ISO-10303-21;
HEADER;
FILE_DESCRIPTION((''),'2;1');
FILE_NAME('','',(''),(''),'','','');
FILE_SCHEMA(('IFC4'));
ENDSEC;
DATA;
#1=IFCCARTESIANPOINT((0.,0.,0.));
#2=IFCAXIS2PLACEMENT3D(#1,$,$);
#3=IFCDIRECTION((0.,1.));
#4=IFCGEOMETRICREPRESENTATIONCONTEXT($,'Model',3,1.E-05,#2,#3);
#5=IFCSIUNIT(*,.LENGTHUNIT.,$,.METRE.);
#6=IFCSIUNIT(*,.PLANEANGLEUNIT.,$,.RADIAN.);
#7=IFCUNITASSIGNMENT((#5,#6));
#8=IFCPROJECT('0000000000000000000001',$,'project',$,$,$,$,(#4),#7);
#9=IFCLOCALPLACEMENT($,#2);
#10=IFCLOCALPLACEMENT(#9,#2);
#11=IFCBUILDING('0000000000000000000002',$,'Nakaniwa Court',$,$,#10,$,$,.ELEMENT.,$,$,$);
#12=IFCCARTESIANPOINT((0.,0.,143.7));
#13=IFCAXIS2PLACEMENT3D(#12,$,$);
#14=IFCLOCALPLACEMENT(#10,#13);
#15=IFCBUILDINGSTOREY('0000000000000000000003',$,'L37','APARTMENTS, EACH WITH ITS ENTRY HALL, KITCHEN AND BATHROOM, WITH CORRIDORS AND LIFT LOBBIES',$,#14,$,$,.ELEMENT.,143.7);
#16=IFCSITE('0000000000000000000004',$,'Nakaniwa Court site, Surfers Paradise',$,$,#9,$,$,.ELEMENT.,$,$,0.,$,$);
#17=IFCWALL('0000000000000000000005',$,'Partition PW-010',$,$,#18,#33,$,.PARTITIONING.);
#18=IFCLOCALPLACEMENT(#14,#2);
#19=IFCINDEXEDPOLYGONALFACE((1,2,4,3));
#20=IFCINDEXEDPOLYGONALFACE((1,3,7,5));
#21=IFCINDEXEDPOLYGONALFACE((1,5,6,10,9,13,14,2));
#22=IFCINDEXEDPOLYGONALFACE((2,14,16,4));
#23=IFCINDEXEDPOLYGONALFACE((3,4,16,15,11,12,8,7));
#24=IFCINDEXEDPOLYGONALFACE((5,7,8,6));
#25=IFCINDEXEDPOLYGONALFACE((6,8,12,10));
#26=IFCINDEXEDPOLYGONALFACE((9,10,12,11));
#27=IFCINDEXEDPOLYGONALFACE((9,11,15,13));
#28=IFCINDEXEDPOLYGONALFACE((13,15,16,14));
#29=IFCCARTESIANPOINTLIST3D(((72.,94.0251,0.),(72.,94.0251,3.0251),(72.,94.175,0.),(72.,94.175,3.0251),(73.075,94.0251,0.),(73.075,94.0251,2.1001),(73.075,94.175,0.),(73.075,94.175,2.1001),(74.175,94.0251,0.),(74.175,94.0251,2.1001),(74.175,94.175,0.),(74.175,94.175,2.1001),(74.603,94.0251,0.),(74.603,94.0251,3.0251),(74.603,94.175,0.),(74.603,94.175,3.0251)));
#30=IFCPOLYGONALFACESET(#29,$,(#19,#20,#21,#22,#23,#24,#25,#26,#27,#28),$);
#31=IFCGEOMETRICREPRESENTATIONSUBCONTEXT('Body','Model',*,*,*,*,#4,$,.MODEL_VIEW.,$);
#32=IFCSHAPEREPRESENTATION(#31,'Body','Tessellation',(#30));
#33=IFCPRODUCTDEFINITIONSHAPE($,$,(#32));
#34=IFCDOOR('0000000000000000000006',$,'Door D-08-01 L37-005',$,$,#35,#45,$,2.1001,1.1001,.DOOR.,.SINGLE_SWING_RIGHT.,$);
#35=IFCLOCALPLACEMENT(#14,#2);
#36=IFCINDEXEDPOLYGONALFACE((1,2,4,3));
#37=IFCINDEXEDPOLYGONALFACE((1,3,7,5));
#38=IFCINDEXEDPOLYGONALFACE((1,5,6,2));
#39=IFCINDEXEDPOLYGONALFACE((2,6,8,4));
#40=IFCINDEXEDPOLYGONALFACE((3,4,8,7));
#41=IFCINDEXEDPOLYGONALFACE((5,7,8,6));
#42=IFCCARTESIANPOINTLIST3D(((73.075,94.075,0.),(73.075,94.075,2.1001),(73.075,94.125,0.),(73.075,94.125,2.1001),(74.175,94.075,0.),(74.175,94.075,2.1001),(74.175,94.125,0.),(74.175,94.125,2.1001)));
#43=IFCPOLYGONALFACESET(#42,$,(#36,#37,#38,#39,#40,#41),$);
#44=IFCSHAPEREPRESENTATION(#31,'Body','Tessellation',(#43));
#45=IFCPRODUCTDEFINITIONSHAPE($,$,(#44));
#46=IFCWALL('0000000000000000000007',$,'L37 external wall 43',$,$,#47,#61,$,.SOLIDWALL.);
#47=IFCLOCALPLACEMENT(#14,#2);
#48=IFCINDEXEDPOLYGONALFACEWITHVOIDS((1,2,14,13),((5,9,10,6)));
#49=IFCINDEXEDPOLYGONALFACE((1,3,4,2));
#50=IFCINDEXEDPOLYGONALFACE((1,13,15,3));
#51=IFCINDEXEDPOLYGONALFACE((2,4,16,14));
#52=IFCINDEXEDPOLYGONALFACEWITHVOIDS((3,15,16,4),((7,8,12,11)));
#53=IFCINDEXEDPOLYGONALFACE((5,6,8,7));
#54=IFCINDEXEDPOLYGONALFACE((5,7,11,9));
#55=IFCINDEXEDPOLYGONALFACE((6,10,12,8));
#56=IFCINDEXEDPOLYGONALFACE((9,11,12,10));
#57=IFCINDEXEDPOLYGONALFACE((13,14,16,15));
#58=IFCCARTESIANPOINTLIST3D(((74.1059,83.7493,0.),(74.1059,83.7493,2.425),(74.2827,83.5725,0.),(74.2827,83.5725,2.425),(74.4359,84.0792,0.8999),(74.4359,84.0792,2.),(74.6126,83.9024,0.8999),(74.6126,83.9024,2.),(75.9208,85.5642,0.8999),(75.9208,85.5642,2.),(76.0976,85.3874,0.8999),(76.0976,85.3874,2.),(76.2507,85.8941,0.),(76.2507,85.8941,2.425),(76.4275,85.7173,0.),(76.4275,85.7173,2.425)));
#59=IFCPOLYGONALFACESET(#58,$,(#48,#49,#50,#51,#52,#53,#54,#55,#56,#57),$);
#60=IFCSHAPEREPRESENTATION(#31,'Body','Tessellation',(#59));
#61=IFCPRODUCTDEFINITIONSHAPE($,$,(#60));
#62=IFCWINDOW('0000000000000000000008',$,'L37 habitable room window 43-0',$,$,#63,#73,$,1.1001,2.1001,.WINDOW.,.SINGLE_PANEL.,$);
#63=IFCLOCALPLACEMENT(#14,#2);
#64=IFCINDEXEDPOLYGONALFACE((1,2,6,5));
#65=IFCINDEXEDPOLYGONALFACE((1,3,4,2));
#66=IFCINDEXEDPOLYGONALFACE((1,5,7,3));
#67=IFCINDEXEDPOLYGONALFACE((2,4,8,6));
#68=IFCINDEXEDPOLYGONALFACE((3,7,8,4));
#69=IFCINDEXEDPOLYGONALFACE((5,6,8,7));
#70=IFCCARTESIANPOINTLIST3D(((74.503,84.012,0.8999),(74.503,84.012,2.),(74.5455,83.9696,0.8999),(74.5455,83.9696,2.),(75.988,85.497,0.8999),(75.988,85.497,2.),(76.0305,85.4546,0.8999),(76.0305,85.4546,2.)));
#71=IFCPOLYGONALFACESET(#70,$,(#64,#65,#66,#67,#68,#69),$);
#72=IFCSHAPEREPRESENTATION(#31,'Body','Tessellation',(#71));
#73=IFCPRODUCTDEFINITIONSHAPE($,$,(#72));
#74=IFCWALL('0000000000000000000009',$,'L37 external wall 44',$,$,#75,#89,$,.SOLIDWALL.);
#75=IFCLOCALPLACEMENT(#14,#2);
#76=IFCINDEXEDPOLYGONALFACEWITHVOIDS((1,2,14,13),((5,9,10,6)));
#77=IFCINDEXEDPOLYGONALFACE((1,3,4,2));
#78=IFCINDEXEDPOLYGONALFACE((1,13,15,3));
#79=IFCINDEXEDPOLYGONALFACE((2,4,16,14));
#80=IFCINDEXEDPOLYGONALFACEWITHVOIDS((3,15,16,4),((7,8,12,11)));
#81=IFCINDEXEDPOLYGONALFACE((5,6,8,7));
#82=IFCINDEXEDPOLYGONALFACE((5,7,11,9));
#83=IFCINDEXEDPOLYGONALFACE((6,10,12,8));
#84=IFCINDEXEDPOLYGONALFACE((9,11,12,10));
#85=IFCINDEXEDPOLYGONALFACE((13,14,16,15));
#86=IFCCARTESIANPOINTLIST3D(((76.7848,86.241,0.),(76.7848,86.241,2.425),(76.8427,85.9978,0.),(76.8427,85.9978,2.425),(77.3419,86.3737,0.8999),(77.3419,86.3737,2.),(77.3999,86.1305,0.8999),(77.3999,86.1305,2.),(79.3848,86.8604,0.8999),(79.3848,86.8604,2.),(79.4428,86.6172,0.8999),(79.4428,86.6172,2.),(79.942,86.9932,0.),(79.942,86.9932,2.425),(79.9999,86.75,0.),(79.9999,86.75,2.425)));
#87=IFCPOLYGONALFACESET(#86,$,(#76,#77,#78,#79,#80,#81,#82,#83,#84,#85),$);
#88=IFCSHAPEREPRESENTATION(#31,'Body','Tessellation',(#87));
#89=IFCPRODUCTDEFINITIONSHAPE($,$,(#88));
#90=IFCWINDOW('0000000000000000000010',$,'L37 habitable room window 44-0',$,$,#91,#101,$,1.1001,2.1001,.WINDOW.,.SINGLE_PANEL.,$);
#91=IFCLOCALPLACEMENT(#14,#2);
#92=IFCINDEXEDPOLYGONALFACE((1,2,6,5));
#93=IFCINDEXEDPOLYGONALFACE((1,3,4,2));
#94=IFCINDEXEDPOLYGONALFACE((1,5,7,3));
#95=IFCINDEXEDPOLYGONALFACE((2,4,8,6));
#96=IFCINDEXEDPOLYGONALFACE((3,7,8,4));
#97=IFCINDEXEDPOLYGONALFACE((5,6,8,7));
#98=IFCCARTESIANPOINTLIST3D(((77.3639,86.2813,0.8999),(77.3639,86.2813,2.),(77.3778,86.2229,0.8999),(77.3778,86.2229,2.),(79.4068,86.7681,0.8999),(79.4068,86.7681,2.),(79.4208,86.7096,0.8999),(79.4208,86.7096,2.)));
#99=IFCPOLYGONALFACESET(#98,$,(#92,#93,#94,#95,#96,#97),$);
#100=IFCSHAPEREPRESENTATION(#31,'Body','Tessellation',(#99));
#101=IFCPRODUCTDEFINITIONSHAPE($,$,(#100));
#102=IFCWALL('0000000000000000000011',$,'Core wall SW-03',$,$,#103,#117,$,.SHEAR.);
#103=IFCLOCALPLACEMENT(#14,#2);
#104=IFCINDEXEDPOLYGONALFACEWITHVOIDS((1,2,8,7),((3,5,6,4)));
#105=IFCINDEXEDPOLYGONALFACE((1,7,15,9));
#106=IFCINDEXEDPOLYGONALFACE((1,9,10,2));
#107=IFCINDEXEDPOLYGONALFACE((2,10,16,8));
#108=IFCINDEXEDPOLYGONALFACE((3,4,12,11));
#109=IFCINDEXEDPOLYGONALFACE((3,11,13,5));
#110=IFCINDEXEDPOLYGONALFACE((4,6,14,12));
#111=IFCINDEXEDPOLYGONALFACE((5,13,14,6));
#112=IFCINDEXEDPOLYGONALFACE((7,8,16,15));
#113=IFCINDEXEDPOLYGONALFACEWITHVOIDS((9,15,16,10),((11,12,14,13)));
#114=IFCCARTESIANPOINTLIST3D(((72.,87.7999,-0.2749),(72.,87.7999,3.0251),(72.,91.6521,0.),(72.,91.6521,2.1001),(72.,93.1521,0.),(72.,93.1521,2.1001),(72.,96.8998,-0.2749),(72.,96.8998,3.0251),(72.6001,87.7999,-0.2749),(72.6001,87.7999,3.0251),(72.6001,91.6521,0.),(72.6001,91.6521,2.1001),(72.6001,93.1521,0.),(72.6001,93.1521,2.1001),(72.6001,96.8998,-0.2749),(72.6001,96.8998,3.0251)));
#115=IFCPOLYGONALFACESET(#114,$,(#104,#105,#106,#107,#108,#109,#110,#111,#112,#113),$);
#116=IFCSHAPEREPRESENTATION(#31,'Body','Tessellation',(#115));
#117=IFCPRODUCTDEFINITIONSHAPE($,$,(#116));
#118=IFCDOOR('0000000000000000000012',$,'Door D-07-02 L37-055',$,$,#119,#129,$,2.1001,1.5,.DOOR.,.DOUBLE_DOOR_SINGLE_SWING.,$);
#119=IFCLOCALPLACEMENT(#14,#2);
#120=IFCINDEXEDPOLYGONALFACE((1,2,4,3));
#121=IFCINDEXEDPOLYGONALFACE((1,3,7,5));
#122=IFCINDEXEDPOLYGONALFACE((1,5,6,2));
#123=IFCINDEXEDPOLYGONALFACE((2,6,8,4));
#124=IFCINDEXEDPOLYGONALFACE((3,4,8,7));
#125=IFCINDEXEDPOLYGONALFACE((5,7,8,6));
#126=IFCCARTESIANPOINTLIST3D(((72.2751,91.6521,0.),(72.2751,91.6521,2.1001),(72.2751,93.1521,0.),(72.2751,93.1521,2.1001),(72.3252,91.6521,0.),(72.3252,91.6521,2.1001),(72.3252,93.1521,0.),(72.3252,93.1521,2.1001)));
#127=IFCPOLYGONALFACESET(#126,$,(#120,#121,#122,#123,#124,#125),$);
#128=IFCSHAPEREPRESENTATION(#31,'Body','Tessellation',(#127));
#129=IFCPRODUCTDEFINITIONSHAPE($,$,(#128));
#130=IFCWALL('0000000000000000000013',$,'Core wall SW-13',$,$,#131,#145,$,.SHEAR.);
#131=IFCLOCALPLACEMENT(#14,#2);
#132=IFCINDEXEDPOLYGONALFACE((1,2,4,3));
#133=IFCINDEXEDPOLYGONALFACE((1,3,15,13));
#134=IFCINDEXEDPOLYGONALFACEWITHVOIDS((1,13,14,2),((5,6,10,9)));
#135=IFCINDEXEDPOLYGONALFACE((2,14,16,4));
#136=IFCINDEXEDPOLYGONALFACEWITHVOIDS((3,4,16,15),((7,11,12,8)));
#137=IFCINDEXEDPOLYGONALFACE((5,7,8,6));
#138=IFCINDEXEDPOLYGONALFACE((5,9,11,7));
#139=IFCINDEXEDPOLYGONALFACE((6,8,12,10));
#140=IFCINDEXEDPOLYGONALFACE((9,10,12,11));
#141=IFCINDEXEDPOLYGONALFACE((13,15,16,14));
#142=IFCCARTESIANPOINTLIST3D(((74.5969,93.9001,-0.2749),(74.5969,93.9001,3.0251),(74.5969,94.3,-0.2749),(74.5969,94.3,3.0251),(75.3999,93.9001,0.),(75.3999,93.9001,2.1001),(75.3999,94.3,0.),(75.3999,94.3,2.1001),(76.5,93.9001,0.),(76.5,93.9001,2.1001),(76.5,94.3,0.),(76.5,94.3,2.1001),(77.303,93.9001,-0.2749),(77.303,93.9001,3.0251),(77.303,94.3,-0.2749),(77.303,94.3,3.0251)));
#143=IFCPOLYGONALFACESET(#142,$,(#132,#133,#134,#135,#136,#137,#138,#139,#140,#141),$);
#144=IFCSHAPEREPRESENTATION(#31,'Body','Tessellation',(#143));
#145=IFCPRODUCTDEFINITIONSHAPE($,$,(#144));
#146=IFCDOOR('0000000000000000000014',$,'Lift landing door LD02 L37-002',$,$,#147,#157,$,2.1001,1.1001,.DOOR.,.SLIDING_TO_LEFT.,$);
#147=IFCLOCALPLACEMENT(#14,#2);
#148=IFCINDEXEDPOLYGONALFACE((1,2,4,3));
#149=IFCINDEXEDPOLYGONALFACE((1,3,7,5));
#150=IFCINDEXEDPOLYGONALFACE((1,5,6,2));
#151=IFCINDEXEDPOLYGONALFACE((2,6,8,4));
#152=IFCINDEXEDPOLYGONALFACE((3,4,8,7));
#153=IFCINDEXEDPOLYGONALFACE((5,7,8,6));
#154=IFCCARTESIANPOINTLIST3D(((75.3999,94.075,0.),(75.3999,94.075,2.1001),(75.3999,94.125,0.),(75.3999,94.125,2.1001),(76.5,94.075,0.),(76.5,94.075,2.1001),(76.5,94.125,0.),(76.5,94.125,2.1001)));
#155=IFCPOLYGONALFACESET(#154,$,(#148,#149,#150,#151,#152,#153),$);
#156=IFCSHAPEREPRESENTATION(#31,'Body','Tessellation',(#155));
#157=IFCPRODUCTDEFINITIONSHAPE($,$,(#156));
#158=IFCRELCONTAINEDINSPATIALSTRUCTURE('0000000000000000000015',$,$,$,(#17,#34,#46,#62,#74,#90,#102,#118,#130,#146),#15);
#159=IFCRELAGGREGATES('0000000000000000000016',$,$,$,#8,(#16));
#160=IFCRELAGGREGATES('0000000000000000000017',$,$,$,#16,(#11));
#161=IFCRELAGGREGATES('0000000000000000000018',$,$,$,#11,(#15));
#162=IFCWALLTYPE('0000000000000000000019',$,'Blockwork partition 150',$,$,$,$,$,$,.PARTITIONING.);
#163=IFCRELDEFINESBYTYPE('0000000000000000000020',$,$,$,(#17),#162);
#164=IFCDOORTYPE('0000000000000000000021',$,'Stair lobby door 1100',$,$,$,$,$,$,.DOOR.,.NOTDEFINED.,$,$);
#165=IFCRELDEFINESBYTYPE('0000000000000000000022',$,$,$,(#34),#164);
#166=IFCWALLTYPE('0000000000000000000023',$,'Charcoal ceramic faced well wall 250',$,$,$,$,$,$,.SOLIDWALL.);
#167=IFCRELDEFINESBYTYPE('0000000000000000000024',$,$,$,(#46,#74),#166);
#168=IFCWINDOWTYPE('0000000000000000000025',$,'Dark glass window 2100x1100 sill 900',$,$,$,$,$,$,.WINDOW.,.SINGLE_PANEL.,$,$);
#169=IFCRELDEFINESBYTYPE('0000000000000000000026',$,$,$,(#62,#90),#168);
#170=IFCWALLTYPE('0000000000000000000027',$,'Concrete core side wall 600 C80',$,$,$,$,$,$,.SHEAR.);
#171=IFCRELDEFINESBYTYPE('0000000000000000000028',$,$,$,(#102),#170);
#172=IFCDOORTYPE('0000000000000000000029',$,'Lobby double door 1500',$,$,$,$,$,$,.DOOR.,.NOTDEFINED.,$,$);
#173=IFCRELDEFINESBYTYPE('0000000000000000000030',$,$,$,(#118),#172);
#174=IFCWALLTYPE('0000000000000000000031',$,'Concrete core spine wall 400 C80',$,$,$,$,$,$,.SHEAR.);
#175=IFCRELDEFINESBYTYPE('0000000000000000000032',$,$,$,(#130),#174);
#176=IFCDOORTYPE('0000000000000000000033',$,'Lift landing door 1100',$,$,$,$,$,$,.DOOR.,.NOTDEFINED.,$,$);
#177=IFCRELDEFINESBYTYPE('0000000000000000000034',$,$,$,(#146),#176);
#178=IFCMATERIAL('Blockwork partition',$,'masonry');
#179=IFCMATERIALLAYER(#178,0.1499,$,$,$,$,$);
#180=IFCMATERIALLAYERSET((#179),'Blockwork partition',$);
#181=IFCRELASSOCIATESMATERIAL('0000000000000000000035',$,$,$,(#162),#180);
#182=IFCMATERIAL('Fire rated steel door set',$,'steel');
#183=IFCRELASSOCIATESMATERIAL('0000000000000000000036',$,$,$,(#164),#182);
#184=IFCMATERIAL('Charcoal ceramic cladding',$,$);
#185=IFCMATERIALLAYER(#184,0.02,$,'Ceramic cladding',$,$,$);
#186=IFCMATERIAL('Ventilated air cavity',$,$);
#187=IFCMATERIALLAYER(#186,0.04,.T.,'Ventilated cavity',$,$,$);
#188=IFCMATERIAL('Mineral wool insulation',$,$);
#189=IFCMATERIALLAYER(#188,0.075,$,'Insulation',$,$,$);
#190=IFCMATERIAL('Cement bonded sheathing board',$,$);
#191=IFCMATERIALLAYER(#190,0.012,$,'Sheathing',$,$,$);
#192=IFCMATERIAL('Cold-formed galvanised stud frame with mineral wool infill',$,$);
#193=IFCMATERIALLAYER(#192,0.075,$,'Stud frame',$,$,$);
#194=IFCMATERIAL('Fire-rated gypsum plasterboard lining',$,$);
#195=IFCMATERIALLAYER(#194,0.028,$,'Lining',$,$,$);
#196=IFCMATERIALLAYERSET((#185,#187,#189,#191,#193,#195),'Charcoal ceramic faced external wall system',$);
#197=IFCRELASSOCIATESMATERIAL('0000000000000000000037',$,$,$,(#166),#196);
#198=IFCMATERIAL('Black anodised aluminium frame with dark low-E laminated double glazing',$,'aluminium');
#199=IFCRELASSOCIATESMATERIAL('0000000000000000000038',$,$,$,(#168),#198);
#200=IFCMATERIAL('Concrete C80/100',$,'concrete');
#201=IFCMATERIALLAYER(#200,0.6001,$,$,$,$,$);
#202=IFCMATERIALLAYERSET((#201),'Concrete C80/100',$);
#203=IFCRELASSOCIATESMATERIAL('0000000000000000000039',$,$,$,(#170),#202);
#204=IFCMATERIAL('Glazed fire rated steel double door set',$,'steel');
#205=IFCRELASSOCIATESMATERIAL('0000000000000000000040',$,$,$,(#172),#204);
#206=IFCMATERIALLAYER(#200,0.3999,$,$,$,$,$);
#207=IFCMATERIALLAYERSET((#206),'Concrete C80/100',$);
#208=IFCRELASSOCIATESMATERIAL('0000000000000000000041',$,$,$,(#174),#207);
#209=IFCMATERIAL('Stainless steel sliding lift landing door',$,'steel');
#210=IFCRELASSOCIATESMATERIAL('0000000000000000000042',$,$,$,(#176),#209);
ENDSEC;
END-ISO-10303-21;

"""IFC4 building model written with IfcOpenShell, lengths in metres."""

from ifc_helpers import new_model, si_unit, direction, frame, frame_2d, origin, place, context, subcontext, project, spatial, rectangle, extrude, material, layer, layer_set, type_object, element, fill, save


model = new_model("IFC4")

# Units and contexts
model_context = context("Model", 3, precision=1e-05, world=origin(), true_north=direction((0.0, 1.0)))
body_context = subcontext(model_context, "Body", "Model", "MODEL_VIEW")
ifc_project = project(units=[si_unit("LENGTHUNIT", "METRE"), si_unit("PLANEANGLEUNIT", "RADIAN")], contexts=[model_context])

# Site, building, storey
site_placement = place(None, origin())
site = spatial("IfcSite", under=ifc_project, at=site_placement, Name="Nakaniwa Court site, Surfers Paradise", CompositionType="ELEMENT", RefElevation=0.0)
building_placement = place(site_placement, origin())
building = spatial("IfcBuilding", under=site, at=building_placement, Name="Nakaniwa Court", CompositionType="ELEMENT")
storey_placement = place(building_placement, frame((0.0, 0.0, 143.7)))
storey = spatial("IfcBuildingStorey", under=building, at=storey_placement, Name="L37", Description="APARTMENTS, EACH WITH ITS ENTRY HALL, KITCHEN AND BATHROOM, WITH CORRIDORS AND LIFT LOBBIES", CompositionType="ELEMENT", Elevation=143.7)

# Shared definitions
ifc_material_1 = material(Name="Concrete C80/100", Category="concrete")

# Shared definitions
ifc_material_2 = material(Name="Blockwork partition", Category="masonry")
ifc_layer_1 = layer(ifc_material_2, 0.1499)
ifc_layer_set_1 = layer_set([ifc_layer_1], Name="Blockwork partition")
wall_type_1 = type_object("IfcWallType", Name="Blockwork partition 150", PredefinedType="PARTITIONING", material=ifc_layer_set_1)

# Wall, opening, door
wall_1_placement = place(storey_placement, frame((72.0, 94.1001, 0.0), z_axis=(0.0, 0.0, 1.0), x_axis=(1.0, 0.0, 0.0)))
wall_1 = element("IfcWall", 1, at=wall_1_placement, inside=storey, type_object=wall_type_1, Name="Partition PW-010", PredefinedType="PARTITIONING", context=body_context, shape_type="SweptSolid", body=[
    extrude(rectangle(XDim=2.603, YDim=0.1499, at=frame_2d((1.3015, 0.0))), origin(), (0.0, 0.0, 1.0), 3.0251),
])
opening_1_placement = place(wall_1_placement, frame((1.075, 0.0, 0.0)))
opening_1 = element("IfcOpeningElement", 2, at=opening_1_placement, cuts=wall_1, PredefinedType="OPENING", context=body_context, shape_type="SweptSolid", body=[
    extrude(rectangle(XDim=1.1001, YDim=2.1001, at=frame_2d((0.55, 1.05))), frame((0.0, 0.085, 0.0), z_axis=(0.0, -1.0, 0.0), x_axis=(1.0, 0.0, 0.0)), (0.0, 0.0, 1.0), 0.1699),
])
ifc_material_3 = material(Name="Fire rated steel door set", Category="steel")
door_type_1 = type_object("IfcDoorType", Name="Stair lobby door 1100", OperationType="NOTDEFINED", PredefinedType="DOOR", material=ifc_material_3)
door_1_placement = place(opening_1_placement, origin())
door_1 = element("IfcDoor", 3, at=door_1_placement, inside=storey, type_object=door_type_1, Name="Door D-08-01 L37-005", OperationType="SINGLE_SWING_RIGHT", OverallHeight=2.1001, OverallWidth=1.1001, PredefinedType="DOOR", context=body_context, shape_type="SweptSolid", body=[
    extrude(rectangle(XDim=1.1001, YDim=2.1001, at=frame_2d((0.55, 1.05))), frame((0.0, 0.0249, 0.0), z_axis=(0.0, -1.0, 0.0), x_axis=(1.0, 0.0, 0.0)), (0.0, 0.0, 1.0), 0.05),
])
fill(opening_1, door_1)

# Walls, openings, windows
ifc_material_4 = material(Name="Charcoal ceramic cladding")
ifc_layer_2 = layer(ifc_material_4, 0.02, Name="Ceramic cladding")
ifc_material_5 = material(Name="Ventilated air cavity")
ifc_layer_3 = layer(ifc_material_5, 0.04, ventilated=True, Name="Ventilated cavity")
ifc_material_6 = material(Name="Mineral wool insulation")
ifc_layer_4 = layer(ifc_material_6, 0.075, Name="Insulation")
ifc_material_7 = material(Name="Cement bonded sheathing board")
ifc_layer_5 = layer(ifc_material_7, 0.012, Name="Sheathing")
ifc_material_8 = material(Name="Cold-formed galvanised stud frame with mineral wool infill")
ifc_layer_6 = layer(ifc_material_8, 0.075, Name="Stud frame")
ifc_material_9 = material(Name="Fire-rated gypsum plasterboard lining")
ifc_layer_7 = layer(ifc_material_9, 0.028, Name="Lining")
ifc_layer_set_2 = layer_set([ifc_layer_2, ifc_layer_3, ifc_layer_4, ifc_layer_5, ifc_layer_6, ifc_layer_7], Name="Charcoal ceramic faced external wall system")
wall_type_2 = type_object("IfcWallType", Name="Charcoal ceramic faced well wall 250", PredefinedType="SOLIDWALL", material=ifc_layer_set_2)
wall_2_placement = place(storey_placement, frame((74.1943, 83.6609, 0.0), z_axis=(0.0, 0.0, 1.0), x_axis=(0.707107, 0.707107, 0.0)))
wall_2 = element("IfcWall", 4, at=wall_2_placement, inside=storey, type_object=wall_type_2, Name="L37 external wall 43", PredefinedType="SOLIDWALL", context=body_context, shape_type="SweptSolid", body=[
    extrude(rectangle(XDim=3.0332, YDim=0.25, at=frame_2d((1.5166, 0.0))), origin(), (0.0, 0.0, 1.0), 2.425),
])
opening_2_placement = place(wall_2_placement, frame((0.4666, 0.0, 0.8999)))
opening_2 = element("IfcOpeningElement", 5, at=opening_2_placement, cuts=wall_2, PredefinedType="OPENING", context=body_context, shape_type="SweptSolid", body=[
    extrude(rectangle(XDim=2.1001, YDim=1.1001, at=frame_2d((1.05, 0.55))), frame((0.0, 0.135, 0.0), z_axis=(0.0, -1.0, 0.0), x_axis=(1.0, 0.0, 0.0)), (0.0, 0.0, 1.0), 0.27),
])
ifc_material_10 = material(Name="Black anodised aluminium frame with dark low-E laminated double glazing", Category="aluminium")
window_type = type_object("IfcWindowType", Name="Dark glass window 2100x1100 sill 900", PartitioningType="SINGLE_PANEL", PredefinedType="WINDOW", material=ifc_material_10)
window_1_placement = place(opening_2_placement, origin())
window_1 = element("IfcWindow", 6, at=window_1_placement, inside=storey, type_object=window_type, Name="L37 habitable room window 43-0", OverallHeight=1.1001, OverallWidth=2.1001, PartitioningType="SINGLE_PANEL", PredefinedType="WINDOW", context=body_context, shape_type="SweptSolid", body=[
    extrude(rectangle(XDim=2.1001, YDim=1.1001, at=frame_2d((1.05, 0.55))), frame((0.0, 0.03, 0.0), z_axis=(0.0, -1.0, 0.0), x_axis=(1.0, 0.0, 0.0)), (0.0, 0.0, 1.0), 0.0601),
])
fill(opening_2, window_1)
wall_3_placement = place(storey_placement, frame((76.8137, 86.1194, 0.0), z_axis=(0.0, 0.0, 1.0), x_axis=(0.972773, 0.23176, 0.0)))
wall_3 = element("IfcWall", 7, at=wall_3_placement, inside=storey, type_object=wall_type_2, Name="L37 external wall 44", PredefinedType="SOLIDWALL", context=body_context, shape_type="SweptSolid", body=[
    extrude(rectangle(XDim=3.2456, YDim=0.25, at=frame_2d((1.6228, 0.0))), origin(), (0.0, 0.0, 1.0), 2.425),
])
opening_3_placement = place(wall_3_placement, frame((0.5728, 0.0, 0.8999)))
opening_3 = element("IfcOpeningElement", 8, at=opening_3_placement, cuts=wall_3, PredefinedType="OPENING", context=body_context, shape_type="SweptSolid", body=[
    extrude(rectangle(XDim=2.1001, YDim=1.1001, at=frame_2d((1.05, 0.55))), frame((0.0, 0.135, 0.0), z_axis=(0.0, -1.0, 0.0), x_axis=(1.0, 0.0, 0.0)), (0.0, 0.0, 1.0), 0.27),
])
window_2_placement = place(opening_3_placement, origin())
window_2 = element("IfcWindow", 9, at=window_2_placement, inside=storey, type_object=window_type, Name="L37 habitable room window 44-0", OverallHeight=1.1001, OverallWidth=2.1001, PartitioningType="SINGLE_PANEL", PredefinedType="WINDOW", context=body_context, shape_type="SweptSolid", body=[
    extrude(rectangle(XDim=2.1001, YDim=1.1001, at=frame_2d((1.05, 0.55))), frame((0.0, 0.03, 0.0), z_axis=(0.0, -1.0, 0.0), x_axis=(1.0, 0.0, 0.0)), (0.0, 0.0, 1.0), 0.0601),
])
fill(opening_3, window_2)

# Walls, openings, doors
ifc_layer_8 = layer(ifc_material_1, 0.6001)
ifc_layer_set_3 = layer_set([ifc_layer_8], Name="Concrete C80/100")
wall_type_3 = type_object("IfcWallType", Name="Concrete core side wall 600 C80", PredefinedType="SHEAR", material=ifc_layer_set_3)
wall_4_placement = place(storey_placement, frame((72.3, 87.8, -0.2749), z_axis=(0.0, 0.0, 1.0), x_axis=(0.0, 1.0, 0.0)))
wall_4 = element("IfcWall", 10, at=wall_4_placement, inside=storey, type_object=wall_type_3, Name="Core wall SW-03", PredefinedType="SHEAR", context=body_context, shape_type="SweptSolid", body=[
    extrude(rectangle(XDim=9.0999, YDim=0.6001, at=frame_2d((4.5498, 0.0))), origin(), (0.0, 0.0, 1.0), 3.3),
])
opening_4_placement = place(wall_4_placement, frame((3.8521, 0.0, 0.2749)))
opening_4 = element("IfcOpeningElement", 11, at=opening_4_placement, cuts=wall_4, PredefinedType="OPENING", context=body_context, shape_type="SweptSolid", body=[
    extrude(rectangle(XDim=1.5, YDim=2.1001, at=frame_2d((0.75, 1.05))), frame((0.0, 0.3101, 0.0), z_axis=(0.0, -1.0, 0.0), x_axis=(1.0, 0.0, 0.0)), (0.0, 0.0, 1.0), 0.6201),
])
ifc_material_11 = material(Name="Glazed fire rated steel double door set", Category="steel")
door_type_2 = type_object("IfcDoorType", Name="Lobby double door 1500", OperationType="NOTDEFINED", PredefinedType="DOOR", material=ifc_material_11)
door_2_placement = place(opening_4_placement, origin())
door_2 = element("IfcDoor", 12, at=door_2_placement, inside=storey, type_object=door_type_2, Name="Door D-07-02 L37-055", OperationType="DOUBLE_DOOR_SINGLE_SWING", OverallHeight=2.1001, OverallWidth=1.5, PredefinedType="DOOR", context=body_context, shape_type="SweptSolid", body=[
    extrude(rectangle(XDim=1.5, YDim=2.1001, at=frame_2d((0.75, 1.05))), frame((0.0, 0.0249, 0.0), z_axis=(0.0, -1.0, 0.0), x_axis=(1.0, 0.0, 0.0)), (0.0, 0.0, 1.0), 0.05),
])
fill(opening_4, door_2)
ifc_layer_9 = layer(ifc_material_1, 0.3999)
ifc_layer_set_4 = layer_set([ifc_layer_9], Name="Concrete C80/100")
wall_type_4 = type_object("IfcWallType", Name="Concrete core spine wall 400 C80", PredefinedType="SHEAR", material=ifc_layer_set_4)
wall_5_placement = place(storey_placement, frame((74.5969, 94.1001, -0.2749), z_axis=(0.0, 0.0, 1.0), x_axis=(1.0, 0.0, 0.0)))
wall_5 = element("IfcWall", 13, at=wall_5_placement, inside=storey, type_object=wall_type_4, Name="Core wall SW-13", PredefinedType="SHEAR", context=body_context, shape_type="SweptSolid", body=[
    extrude(rectangle(XDim=2.7061, YDim=0.3999, at=frame_2d((1.353, 0.0))), origin(), (0.0, 0.0, 1.0), 3.3),
])
opening_5_placement = place(wall_5_placement, frame((0.803, 0.0, 0.2749)))
opening_5 = element("IfcOpeningElement", 14, at=opening_5_placement, cuts=wall_5, PredefinedType="OPENING", context=body_context, shape_type="SweptSolid", body=[
    extrude(rectangle(XDim=1.1001, YDim=2.1001, at=frame_2d((0.55, 1.05))), frame((0.0, 0.21, 0.0), z_axis=(0.0, -1.0, 0.0), x_axis=(1.0, 0.0, 0.0)), (0.0, 0.0, 1.0), 0.4199),
])
ifc_material_12 = material(Name="Stainless steel sliding lift landing door", Category="steel")
door_type_3 = type_object("IfcDoorType", Name="Lift landing door 1100", OperationType="NOTDEFINED", PredefinedType="DOOR", material=ifc_material_12)
door_3_placement = place(opening_5_placement, origin())
door_3 = element("IfcDoor", 15, at=door_3_placement, inside=storey, type_object=door_type_3, Name="Lift landing door LD02 L37-002", OperationType="SLIDING_TO_LEFT", OverallHeight=2.1001, OverallWidth=1.1001, PredefinedType="DOOR", context=body_context, shape_type="SweptSolid", body=[
    extrude(rectangle(XDim=1.1001, YDim=2.1001, at=frame_2d((0.55, 1.05))), frame((0.0, 0.0249, 0.0), z_axis=(0.0, -1.0, 0.0), x_axis=(1.0, 0.0, 0.0)), (0.0, 0.0, 1.0), 0.05),
])
fill(opening_5, door_3)

save(model, "model.ifc")
